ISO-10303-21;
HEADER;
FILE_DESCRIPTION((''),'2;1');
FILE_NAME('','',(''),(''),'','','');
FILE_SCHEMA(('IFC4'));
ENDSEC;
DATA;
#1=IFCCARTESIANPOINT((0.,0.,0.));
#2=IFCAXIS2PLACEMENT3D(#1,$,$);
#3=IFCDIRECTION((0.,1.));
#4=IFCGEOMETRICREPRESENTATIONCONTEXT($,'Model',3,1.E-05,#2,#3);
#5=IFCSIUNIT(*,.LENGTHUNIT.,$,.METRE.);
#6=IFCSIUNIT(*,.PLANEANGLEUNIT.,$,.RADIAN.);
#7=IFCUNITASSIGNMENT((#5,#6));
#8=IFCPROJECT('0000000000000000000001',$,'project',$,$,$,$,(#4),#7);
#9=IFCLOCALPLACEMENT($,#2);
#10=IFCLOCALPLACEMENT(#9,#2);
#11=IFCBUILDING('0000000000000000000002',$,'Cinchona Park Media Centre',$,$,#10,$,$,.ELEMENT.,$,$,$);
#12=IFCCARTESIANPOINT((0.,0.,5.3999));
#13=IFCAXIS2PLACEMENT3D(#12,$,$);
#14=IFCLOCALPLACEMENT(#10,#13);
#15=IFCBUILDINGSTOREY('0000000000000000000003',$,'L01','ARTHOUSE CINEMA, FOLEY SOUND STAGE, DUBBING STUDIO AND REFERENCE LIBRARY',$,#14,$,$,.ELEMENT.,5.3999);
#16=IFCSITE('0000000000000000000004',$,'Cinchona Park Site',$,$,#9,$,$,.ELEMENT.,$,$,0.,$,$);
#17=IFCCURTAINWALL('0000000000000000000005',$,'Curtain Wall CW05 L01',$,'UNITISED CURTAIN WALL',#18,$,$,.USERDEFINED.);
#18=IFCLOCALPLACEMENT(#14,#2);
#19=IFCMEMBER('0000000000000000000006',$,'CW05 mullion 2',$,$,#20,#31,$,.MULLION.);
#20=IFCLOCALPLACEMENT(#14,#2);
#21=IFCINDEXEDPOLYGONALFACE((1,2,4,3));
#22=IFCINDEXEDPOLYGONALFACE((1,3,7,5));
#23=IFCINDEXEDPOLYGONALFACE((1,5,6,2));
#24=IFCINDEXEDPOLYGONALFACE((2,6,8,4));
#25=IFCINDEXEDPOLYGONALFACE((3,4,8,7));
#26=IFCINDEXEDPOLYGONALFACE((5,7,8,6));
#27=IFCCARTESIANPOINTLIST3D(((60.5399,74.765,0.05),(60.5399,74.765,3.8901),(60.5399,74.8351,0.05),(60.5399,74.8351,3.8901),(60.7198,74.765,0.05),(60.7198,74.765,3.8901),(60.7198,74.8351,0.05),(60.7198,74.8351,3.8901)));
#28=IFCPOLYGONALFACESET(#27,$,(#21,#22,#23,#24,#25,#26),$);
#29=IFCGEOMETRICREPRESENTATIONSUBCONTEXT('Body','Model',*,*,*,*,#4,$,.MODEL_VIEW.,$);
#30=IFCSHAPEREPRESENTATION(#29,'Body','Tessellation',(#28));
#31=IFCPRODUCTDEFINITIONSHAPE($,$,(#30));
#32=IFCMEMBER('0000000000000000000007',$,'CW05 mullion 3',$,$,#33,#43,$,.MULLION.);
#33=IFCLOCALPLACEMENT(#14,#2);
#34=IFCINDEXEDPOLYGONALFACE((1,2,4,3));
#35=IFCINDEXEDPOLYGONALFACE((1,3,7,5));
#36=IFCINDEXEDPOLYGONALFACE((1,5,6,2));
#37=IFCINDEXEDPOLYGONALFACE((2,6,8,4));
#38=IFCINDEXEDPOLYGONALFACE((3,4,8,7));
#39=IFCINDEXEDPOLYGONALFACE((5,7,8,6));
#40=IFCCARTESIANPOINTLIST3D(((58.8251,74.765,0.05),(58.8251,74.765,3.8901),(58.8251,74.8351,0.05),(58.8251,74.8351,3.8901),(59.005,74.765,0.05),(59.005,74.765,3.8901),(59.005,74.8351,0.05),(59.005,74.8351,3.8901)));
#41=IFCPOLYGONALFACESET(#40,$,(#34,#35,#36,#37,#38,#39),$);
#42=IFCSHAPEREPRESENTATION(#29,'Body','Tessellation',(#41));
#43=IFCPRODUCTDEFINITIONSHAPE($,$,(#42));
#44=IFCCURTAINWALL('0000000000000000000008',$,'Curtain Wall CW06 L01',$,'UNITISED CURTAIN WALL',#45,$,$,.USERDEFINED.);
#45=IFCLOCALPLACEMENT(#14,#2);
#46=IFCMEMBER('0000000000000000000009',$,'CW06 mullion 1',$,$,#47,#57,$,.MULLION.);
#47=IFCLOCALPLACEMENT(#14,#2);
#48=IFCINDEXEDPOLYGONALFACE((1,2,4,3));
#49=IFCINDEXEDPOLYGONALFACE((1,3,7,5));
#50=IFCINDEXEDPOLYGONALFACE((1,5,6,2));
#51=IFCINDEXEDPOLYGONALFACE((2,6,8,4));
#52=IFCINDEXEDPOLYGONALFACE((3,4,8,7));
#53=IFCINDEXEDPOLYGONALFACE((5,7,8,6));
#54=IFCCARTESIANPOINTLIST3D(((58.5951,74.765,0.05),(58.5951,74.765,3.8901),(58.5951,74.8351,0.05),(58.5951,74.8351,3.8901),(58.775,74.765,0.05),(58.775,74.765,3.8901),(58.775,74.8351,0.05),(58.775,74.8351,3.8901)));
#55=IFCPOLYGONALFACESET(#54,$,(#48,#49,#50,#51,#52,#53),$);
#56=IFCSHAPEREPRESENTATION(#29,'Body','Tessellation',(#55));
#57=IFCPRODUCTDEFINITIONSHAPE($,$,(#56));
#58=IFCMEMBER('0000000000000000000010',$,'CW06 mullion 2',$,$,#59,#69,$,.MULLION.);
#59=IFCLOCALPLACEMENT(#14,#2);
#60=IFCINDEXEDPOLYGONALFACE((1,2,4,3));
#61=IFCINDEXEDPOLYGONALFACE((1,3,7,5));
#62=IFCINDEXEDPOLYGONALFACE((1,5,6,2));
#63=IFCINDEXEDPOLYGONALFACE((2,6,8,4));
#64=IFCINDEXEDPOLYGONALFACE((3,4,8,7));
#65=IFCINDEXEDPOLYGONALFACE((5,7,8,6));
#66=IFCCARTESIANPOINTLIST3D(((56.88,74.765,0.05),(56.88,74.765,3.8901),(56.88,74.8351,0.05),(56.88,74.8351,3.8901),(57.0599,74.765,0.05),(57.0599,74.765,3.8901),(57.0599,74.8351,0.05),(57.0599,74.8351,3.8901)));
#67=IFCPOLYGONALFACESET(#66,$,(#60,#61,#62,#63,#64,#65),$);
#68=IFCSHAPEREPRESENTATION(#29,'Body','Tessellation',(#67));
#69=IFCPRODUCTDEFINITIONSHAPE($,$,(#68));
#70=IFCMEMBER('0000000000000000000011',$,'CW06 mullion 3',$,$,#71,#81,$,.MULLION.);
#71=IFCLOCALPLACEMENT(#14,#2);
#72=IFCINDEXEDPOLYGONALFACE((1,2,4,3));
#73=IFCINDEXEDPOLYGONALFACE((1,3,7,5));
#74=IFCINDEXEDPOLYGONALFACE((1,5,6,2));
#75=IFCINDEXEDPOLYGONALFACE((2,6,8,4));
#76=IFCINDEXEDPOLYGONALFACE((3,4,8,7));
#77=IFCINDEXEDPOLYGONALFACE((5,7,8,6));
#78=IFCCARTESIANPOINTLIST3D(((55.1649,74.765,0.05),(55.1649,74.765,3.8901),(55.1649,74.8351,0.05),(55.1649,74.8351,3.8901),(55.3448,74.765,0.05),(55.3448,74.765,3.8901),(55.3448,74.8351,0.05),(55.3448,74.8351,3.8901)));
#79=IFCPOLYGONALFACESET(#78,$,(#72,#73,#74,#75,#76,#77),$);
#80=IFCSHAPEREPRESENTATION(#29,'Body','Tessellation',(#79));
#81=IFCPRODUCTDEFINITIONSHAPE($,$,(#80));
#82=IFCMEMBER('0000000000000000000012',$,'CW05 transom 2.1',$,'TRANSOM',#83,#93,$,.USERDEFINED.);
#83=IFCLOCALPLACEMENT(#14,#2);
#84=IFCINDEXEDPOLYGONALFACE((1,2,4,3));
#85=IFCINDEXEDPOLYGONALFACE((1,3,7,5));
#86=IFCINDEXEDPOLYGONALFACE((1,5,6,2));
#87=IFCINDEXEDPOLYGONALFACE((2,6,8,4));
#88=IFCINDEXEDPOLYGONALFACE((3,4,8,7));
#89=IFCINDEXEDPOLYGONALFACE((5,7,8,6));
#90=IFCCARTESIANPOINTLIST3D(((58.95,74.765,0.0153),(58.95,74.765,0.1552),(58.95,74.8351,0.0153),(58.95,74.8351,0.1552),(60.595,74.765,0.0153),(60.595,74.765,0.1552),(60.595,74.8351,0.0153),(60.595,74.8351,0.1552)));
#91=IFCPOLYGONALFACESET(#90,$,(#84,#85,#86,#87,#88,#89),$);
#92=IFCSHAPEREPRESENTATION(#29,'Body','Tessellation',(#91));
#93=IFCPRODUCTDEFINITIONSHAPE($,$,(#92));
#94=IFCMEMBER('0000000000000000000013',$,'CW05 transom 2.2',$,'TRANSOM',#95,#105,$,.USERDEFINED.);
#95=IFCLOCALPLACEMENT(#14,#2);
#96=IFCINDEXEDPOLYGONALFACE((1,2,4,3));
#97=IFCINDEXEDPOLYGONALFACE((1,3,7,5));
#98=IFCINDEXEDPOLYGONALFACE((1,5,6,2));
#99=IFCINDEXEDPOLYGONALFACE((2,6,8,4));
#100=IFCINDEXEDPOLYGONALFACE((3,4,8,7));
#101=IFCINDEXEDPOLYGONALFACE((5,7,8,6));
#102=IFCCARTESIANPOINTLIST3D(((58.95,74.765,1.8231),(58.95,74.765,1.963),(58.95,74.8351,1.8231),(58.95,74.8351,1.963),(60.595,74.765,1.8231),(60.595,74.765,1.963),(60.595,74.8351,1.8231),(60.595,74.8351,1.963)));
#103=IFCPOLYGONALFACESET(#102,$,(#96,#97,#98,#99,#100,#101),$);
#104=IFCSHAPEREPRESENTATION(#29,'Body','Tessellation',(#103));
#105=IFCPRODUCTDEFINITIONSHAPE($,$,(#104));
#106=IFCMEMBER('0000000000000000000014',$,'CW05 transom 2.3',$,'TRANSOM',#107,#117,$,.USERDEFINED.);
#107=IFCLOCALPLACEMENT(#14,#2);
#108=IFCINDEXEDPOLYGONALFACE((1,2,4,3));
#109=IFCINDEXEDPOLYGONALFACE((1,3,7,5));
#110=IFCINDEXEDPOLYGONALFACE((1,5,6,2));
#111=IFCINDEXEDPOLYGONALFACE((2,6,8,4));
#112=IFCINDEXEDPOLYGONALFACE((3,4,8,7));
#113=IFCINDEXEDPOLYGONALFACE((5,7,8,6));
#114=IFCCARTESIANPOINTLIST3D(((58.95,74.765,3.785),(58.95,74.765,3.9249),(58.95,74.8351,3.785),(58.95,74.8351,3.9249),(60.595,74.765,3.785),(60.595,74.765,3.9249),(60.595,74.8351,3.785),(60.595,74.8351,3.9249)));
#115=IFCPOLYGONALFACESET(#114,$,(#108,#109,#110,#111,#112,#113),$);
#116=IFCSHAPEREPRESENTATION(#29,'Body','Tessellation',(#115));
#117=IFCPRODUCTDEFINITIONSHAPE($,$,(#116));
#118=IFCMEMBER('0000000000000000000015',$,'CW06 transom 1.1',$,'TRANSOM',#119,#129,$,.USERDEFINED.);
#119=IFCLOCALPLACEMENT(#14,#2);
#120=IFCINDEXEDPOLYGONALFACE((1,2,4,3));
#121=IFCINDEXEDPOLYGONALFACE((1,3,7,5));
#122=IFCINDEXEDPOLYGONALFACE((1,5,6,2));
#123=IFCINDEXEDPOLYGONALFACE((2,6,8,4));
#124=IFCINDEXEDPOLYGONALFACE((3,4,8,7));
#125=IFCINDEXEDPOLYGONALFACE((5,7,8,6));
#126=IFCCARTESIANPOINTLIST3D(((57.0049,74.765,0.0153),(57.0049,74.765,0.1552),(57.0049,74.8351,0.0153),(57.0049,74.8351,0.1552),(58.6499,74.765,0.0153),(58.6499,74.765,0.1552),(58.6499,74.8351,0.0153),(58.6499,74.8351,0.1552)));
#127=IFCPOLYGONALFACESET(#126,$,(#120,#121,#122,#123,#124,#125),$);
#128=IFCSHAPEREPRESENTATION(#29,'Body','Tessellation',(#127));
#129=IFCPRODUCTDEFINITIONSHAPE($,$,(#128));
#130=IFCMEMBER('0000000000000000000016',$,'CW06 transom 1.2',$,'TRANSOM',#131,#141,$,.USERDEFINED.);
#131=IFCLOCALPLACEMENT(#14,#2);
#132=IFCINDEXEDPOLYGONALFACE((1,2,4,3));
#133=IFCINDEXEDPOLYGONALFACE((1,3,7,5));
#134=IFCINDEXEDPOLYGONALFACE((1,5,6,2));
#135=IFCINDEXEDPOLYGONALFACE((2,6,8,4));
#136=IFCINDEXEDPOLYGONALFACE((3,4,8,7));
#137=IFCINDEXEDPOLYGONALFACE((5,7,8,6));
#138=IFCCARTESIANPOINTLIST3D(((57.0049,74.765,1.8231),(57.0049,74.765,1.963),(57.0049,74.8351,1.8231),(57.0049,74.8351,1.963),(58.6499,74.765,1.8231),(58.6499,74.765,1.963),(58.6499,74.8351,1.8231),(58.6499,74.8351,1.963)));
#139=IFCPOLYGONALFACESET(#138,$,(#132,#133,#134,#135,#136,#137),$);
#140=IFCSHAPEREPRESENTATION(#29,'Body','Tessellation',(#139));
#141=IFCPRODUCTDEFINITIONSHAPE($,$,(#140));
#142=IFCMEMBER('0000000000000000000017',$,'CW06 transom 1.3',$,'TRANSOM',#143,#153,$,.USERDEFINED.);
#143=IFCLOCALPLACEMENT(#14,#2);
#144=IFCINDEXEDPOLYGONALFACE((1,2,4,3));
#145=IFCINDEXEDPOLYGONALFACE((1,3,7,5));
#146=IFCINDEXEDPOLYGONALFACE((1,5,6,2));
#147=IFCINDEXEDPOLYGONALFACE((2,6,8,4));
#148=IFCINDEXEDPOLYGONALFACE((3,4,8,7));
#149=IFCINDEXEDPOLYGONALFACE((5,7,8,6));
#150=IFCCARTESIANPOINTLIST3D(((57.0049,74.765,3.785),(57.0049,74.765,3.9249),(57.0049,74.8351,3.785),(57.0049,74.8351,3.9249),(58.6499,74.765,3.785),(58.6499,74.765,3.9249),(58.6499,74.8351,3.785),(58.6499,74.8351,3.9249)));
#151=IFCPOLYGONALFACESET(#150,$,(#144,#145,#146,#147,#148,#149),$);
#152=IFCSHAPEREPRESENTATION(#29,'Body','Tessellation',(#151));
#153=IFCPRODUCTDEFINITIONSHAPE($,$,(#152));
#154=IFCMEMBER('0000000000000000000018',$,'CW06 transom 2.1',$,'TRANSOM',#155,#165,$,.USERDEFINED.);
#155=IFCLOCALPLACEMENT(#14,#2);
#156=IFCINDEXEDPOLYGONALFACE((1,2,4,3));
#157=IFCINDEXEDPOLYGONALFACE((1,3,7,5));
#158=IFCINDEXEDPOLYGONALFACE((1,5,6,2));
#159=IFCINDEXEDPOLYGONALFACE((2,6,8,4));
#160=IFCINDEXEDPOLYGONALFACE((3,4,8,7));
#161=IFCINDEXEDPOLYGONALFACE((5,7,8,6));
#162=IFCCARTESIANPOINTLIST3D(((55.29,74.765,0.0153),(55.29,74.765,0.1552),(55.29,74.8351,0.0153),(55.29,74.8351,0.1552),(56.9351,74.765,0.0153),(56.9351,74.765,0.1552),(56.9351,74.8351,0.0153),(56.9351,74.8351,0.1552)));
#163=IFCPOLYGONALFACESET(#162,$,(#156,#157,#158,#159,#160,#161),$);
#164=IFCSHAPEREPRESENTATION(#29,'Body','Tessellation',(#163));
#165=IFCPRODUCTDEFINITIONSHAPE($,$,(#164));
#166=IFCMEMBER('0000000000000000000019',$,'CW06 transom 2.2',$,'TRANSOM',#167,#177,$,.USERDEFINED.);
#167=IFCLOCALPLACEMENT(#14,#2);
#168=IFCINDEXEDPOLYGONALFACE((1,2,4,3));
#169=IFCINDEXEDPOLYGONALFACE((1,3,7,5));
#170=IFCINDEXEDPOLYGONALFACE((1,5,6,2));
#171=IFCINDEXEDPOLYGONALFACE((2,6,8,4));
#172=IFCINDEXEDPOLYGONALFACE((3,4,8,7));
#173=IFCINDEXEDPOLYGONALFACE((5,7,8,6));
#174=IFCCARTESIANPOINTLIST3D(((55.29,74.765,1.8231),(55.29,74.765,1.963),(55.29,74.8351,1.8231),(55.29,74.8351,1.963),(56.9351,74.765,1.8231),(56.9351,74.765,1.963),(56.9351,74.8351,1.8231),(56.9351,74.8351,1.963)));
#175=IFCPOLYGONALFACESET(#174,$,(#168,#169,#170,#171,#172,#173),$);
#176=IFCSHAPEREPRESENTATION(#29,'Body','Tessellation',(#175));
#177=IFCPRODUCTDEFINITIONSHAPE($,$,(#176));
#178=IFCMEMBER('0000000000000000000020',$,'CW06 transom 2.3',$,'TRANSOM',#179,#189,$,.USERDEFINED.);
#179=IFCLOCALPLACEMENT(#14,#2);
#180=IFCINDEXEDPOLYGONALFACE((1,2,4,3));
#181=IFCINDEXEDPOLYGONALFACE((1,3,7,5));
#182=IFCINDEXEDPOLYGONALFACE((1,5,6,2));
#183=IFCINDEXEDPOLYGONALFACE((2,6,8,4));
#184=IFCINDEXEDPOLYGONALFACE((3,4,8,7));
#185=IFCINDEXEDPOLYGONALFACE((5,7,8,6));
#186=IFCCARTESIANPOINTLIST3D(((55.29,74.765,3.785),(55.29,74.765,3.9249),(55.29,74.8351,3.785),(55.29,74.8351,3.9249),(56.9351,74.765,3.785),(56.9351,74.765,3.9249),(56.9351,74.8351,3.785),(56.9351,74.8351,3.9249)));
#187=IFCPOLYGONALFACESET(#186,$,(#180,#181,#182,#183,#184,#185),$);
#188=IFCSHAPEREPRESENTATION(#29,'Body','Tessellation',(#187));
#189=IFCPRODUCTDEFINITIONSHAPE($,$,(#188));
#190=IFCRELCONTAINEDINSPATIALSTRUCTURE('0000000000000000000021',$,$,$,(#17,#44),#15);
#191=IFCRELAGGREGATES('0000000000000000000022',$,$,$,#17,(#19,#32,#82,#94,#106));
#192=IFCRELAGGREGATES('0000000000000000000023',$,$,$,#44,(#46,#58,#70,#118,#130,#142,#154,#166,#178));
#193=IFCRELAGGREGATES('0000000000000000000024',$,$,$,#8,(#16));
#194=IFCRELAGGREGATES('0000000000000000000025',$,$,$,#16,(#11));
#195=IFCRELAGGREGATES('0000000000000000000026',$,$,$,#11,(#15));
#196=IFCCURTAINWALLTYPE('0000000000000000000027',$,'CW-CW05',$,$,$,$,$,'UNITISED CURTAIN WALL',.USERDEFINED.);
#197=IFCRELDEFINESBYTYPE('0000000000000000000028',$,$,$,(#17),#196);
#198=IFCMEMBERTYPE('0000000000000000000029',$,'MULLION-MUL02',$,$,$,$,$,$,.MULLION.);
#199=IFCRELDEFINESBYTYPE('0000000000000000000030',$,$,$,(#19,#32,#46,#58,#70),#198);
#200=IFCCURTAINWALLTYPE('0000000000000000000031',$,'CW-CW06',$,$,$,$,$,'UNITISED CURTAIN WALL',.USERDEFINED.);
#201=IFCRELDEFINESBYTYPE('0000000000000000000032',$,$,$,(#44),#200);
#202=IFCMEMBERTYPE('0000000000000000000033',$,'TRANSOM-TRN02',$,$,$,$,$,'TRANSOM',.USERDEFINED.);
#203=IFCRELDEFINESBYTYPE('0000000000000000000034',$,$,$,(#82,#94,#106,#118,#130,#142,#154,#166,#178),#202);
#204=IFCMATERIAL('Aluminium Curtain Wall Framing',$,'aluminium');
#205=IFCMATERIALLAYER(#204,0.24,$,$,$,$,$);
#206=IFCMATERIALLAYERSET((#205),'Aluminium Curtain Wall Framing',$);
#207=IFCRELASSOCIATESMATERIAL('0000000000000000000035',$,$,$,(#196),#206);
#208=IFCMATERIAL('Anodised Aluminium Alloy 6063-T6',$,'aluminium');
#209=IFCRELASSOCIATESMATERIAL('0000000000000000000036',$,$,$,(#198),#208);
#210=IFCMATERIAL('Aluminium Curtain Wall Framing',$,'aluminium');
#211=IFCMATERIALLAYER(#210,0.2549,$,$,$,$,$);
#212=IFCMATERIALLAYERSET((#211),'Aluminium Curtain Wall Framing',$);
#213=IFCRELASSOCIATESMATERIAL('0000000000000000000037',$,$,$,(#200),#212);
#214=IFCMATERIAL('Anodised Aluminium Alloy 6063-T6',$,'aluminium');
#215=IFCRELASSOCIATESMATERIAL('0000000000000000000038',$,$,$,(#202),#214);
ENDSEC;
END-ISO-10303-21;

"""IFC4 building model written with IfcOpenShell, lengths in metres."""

from ifc_helpers import new_model, si_unit, direction, frame, origin, origin_2d, place, context, subcontext, project, spatial, rectangle, extrude, material, layer, layer_set, material_profile, profile_set, type_object, element, aggregate, save


model = new_model("IFC4")

# Units and contexts
model_context = context("Model", 3, precision=1e-05, world=origin(), true_north=direction((0.0, 1.0)))
body_context = subcontext(model_context, "Body", "Model", "MODEL_VIEW")
ifc_project = project(units=[si_unit("LENGTHUNIT", "METRE"), si_unit("PLANEANGLEUNIT", "RADIAN")], contexts=[model_context])

# Site, building, storey
site_placement = place(None, origin())
site = spatial("IfcSite", under=ifc_project, at=site_placement, Name="Cinchona Park Site", CompositionType="ELEMENT", RefElevation=0.0)
building_placement = place(site_placement, origin())
building = spatial("IfcBuilding", under=site, at=building_placement, Name="Cinchona Park Media Centre", CompositionType="ELEMENT")
storey_placement = place(building_placement, frame((0.0, 0.0, 5.3999)))
storey = spatial("IfcBuildingStorey", under=building, at=storey_placement, Name="L01", Description="ARTHOUSE CINEMA, FOLEY SOUND STAGE, DUBBING STUDIO AND REFERENCE LIBRARY", CompositionType="ELEMENT", Elevation=5.3999)

# Curtain walls, members
ifc_material_1 = material(Name="Aluminium Curtain Wall Framing", Category="aluminium")
ifc_layer_1 = layer(ifc_material_1, 0.24)
ifc_layer_set_1 = layer_set([ifc_layer_1], Name="Aluminium Curtain Wall Framing")
curtain_wall_type_1 = type_object("IfcCurtainWallType", Name="CW-CW05", ElementType="UNITISED CURTAIN WALL", PredefinedType="USERDEFINED", material=ifc_layer_set_1)
curtain_wall_1_placement = place(storey_placement, origin())
curtain_wall_1 = element("IfcCurtainWall", 1, at=curtain_wall_1_placement, inside=storey, type_object=curtain_wall_type_1, Name="Curtain Wall CW05 L01", ObjectType="UNITISED CURTAIN WALL", PredefinedType="USERDEFINED")
ifc_material_2 = material(Name="Anodised Aluminium Alloy 6063-T6", Category="aluminium")
ifc_material_profile_1 = material_profile(ifc_material_2, rectangle(XDim=0.0701, YDim=0.1799, at=origin_2d()), Name="MUL-70X180")
ifc_profile_set_1 = profile_set([ifc_material_profile_1], Name="Anodised Aluminium Alloy 6063-T6")
member_type_1 = type_object("IfcMemberType", Name="MULLION-MUL02", PredefinedType="MULLION", material=ifc_profile_set_1)
member_1_placement = place(storey_placement, frame((60.6299, 74.8, 0.05), z_axis=(0.0, 0.0, 1.0), x_axis=(0.0, -1.0, 0.0)))
member_1 = element("IfcMember", 2, at=member_1_placement, type_object=member_type_1, Name="CW05 mullion 2", PredefinedType="MULLION", context=body_context, shape_type="SweptSolid", body=[
    extrude(rectangle(XDim=0.0701, YDim=0.1799, at=origin_2d()), origin(), (0.0, 0.0, 1.0), 3.8401),
])
member_2_placement = place(storey_placement, frame((58.915, 74.8, 0.05), z_axis=(0.0, 0.0, 1.0), x_axis=(0.0, -1.0, 0.0)))
member_2 = element("IfcMember", 3, at=member_2_placement, type_object=member_type_1, Name="CW05 mullion 3", PredefinedType="MULLION", context=body_context, shape_type="SweptSolid", body=[
    extrude(rectangle(XDim=0.0701, YDim=0.1799, at=origin_2d()), origin(), (0.0, 0.0, 1.0), 3.8401),
])
ifc_material_3 = material(Name="Aluminium Curtain Wall Framing", Category="aluminium")
ifc_layer_2 = layer(ifc_material_3, 0.2549)
ifc_layer_set_2 = layer_set([ifc_layer_2], Name="Aluminium Curtain Wall Framing")
curtain_wall_type_2 = type_object("IfcCurtainWallType", Name="CW-CW06", ElementType="UNITISED CURTAIN WALL", PredefinedType="USERDEFINED", material=ifc_layer_set_2)
curtain_wall_2_placement = place(storey_placement, origin())
curtain_wall_2 = element("IfcCurtainWall", 4, at=curtain_wall_2_placement, inside=storey, type_object=curtain_wall_type_2, Name="Curtain Wall CW06 L01", ObjectType="UNITISED CURTAIN WALL", PredefinedType="USERDEFINED")
member_3_placement = place(storey_placement, frame((58.6851, 74.8, 0.05), z_axis=(0.0, 0.0, 1.0), x_axis=(0.0, -1.0, 0.0)))
member_3 = element("IfcMember", 5, at=member_3_placement, type_object=member_type_1, Name="CW06 mullion 1", PredefinedType="MULLION", context=body_context, shape_type="SweptSolid", body=[
    extrude(rectangle(XDim=0.0701, YDim=0.1799, at=origin_2d()), origin(), (0.0, 0.0, 1.0), 3.8401),
])
member_4_placement = place(storey_placement, frame((56.97, 74.8, 0.05), z_axis=(0.0, 0.0, 1.0), x_axis=(0.0, -1.0, 0.0)))
member_4 = element("IfcMember", 6, at=member_4_placement, type_object=member_type_1, Name="CW06 mullion 2", PredefinedType="MULLION", context=body_context, shape_type="SweptSolid", body=[
    extrude(rectangle(XDim=0.0701, YDim=0.1799, at=origin_2d()), origin(), (0.0, 0.0, 1.0), 3.8401),
])
member_5_placement = place(storey_placement, frame((55.2549, 74.8, 0.05), z_axis=(0.0, 0.0, 1.0), x_axis=(0.0, -1.0, 0.0)))
member_5 = element("IfcMember", 7, at=member_5_placement, type_object=member_type_1, Name="CW06 mullion 3", PredefinedType="MULLION", context=body_context, shape_type="SweptSolid", body=[
    extrude(rectangle(XDim=0.0701, YDim=0.1799, at=origin_2d()), origin(), (0.0, 0.0, 1.0), 3.8401),
])

# Members
ifc_material_4 = material(Name="Anodised Aluminium Alloy 6063-T6", Category="aluminium")
ifc_material_profile_2 = material_profile(ifc_material_4, rectangle(XDim=0.0701, YDim=0.1399, at=origin_2d()), Name="TRN-70X140")
ifc_profile_set_2 = profile_set([ifc_material_profile_2], Name="Anodised Aluminium Alloy 6063-T6")
member_type_2 = type_object("IfcMemberType", Name="TRANSOM-TRN02", ElementType="TRANSOM", PredefinedType="USERDEFINED", material=ifc_profile_set_2)
member_6_placement = place(storey_placement, frame((60.595, 74.8, 0.0852), z_axis=(-1.0, 0.0, 0.0), x_axis=(0.0, -1.0, 0.0)))
member_6 = element("IfcMember", 8, at=member_6_placement, type_object=member_type_2, Name="CW05 transom 2.1", ObjectType="TRANSOM", PredefinedType="USERDEFINED", context=body_context, shape_type="SweptSolid", body=[
    extrude(rectangle(XDim=0.0701, YDim=0.1399, at=origin_2d()), origin(), (0.0, 0.0, 1.0), 1.645),
])
member_7_placement = place(storey_placement, frame((60.595, 74.8, 1.8931), z_axis=(-1.0, 0.0, 0.0), x_axis=(0.0, -1.0, 0.0)))
member_7 = element("IfcMember", 9, at=member_7_placement, type_object=member_type_2, Name="CW05 transom 2.2", ObjectType="TRANSOM", PredefinedType="USERDEFINED", context=body_context, shape_type="SweptSolid", body=[
    extrude(rectangle(XDim=0.0701, YDim=0.1399, at=origin_2d()), origin(), (0.0, 0.0, 1.0), 1.645),
])
member_8_placement = place(storey_placement, frame((60.595, 74.8, 3.855), z_axis=(-1.0, 0.0, 0.0), x_axis=(0.0, -1.0, 0.0)))
member_8 = element("IfcMember", 10, at=member_8_placement, type_object=member_type_2, Name="CW05 transom 2.3", ObjectType="TRANSOM", PredefinedType="USERDEFINED", context=body_context, shape_type="SweptSolid", body=[
    extrude(rectangle(XDim=0.0701, YDim=0.1399, at=origin_2d()), origin(), (0.0, 0.0, 1.0), 1.645),
])
member_9_placement = place(storey_placement, frame((58.6499, 74.8, 0.0852), z_axis=(-1.0, 0.0, 0.0), x_axis=(0.0, -1.0, 0.0)))
member_9 = element("IfcMember", 11, at=member_9_placement, type_object=member_type_2, Name="CW06 transom 1.1", ObjectType="TRANSOM", PredefinedType="USERDEFINED", context=body_context, shape_type="SweptSolid", body=[
    extrude(rectangle(XDim=0.0701, YDim=0.1399, at=origin_2d()), origin(), (0.0, 0.0, 1.0), 1.645),
])
member_10_placement = place(storey_placement, frame((58.6499, 74.8, 1.8931), z_axis=(-1.0, 0.0, 0.0), x_axis=(0.0, -1.0, 0.0)))
member_10 = element("IfcMember", 12, at=member_10_placement, type_object=member_type_2, Name="CW06 transom 1.2", ObjectType="TRANSOM", PredefinedType="USERDEFINED", context=body_context, shape_type="SweptSolid", body=[
    extrude(rectangle(XDim=0.0701, YDim=0.1399, at=origin_2d()), origin(), (0.0, 0.0, 1.0), 1.645),
])
member_11_placement = place(storey_placement, frame((58.6499, 74.8, 3.855), z_axis=(-1.0, 0.0, 0.0), x_axis=(0.0, -1.0, 0.0)))
member_11 = element("IfcMember", 13, at=member_11_placement, type_object=member_type_2, Name="CW06 transom 1.3", ObjectType="TRANSOM", PredefinedType="USERDEFINED", context=body_context, shape_type="SweptSolid", body=[
    extrude(rectangle(XDim=0.0701, YDim=0.1399, at=origin_2d()), origin(), (0.0, 0.0, 1.0), 1.645),
])
member_12_placement = place(storey_placement, frame((56.9351, 74.8, 0.0852), z_axis=(-1.0, 0.0, 0.0), x_axis=(0.0, -1.0, 0.0)))
member_12 = element("IfcMember", 14, at=member_12_placement, type_object=member_type_2, Name="CW06 transom 2.1", ObjectType="TRANSOM", PredefinedType="USERDEFINED", context=body_context, shape_type="SweptSolid", body=[
    extrude(rectangle(XDim=0.0701, YDim=0.1399, at=origin_2d()), origin(), (0.0, 0.0, 1.0), 1.645),
])
member_13_placement = place(storey_placement, frame((56.9351, 74.8, 1.8931), z_axis=(-1.0, 0.0, 0.0), x_axis=(0.0, -1.0, 0.0)))
member_13 = element("IfcMember", 15, at=member_13_placement, type_object=member_type_2, Name="CW06 transom 2.2", ObjectType="TRANSOM", PredefinedType="USERDEFINED", context=body_context, shape_type="SweptSolid", body=[
    extrude(rectangle(XDim=0.0701, YDim=0.1399, at=origin_2d()), origin(), (0.0, 0.0, 1.0), 1.645),
])
member_14_placement = place(storey_placement, frame((56.9351, 74.8, 3.855), z_axis=(-1.0, 0.0, 0.0), x_axis=(0.0, -1.0, 0.0)))
member_14 = element("IfcMember", 16, at=member_14_placement, type_object=member_type_2, Name="CW06 transom 2.3", ObjectType="TRANSOM", PredefinedType="USERDEFINED", context=body_context, shape_type="SweptSolid", body=[
    extrude(rectangle(XDim=0.0701, YDim=0.1399, at=origin_2d()), origin(), (0.0, 0.0, 1.0), 1.645),
])

aggregate(curtain_wall_1, [member_1, member_2, member_6, member_7, member_8])
aggregate(curtain_wall_2, [member_3, member_4, member_5, member_9, member_10, member_11, member_12, member_13, member_14])

save(model, "model.ifc")
